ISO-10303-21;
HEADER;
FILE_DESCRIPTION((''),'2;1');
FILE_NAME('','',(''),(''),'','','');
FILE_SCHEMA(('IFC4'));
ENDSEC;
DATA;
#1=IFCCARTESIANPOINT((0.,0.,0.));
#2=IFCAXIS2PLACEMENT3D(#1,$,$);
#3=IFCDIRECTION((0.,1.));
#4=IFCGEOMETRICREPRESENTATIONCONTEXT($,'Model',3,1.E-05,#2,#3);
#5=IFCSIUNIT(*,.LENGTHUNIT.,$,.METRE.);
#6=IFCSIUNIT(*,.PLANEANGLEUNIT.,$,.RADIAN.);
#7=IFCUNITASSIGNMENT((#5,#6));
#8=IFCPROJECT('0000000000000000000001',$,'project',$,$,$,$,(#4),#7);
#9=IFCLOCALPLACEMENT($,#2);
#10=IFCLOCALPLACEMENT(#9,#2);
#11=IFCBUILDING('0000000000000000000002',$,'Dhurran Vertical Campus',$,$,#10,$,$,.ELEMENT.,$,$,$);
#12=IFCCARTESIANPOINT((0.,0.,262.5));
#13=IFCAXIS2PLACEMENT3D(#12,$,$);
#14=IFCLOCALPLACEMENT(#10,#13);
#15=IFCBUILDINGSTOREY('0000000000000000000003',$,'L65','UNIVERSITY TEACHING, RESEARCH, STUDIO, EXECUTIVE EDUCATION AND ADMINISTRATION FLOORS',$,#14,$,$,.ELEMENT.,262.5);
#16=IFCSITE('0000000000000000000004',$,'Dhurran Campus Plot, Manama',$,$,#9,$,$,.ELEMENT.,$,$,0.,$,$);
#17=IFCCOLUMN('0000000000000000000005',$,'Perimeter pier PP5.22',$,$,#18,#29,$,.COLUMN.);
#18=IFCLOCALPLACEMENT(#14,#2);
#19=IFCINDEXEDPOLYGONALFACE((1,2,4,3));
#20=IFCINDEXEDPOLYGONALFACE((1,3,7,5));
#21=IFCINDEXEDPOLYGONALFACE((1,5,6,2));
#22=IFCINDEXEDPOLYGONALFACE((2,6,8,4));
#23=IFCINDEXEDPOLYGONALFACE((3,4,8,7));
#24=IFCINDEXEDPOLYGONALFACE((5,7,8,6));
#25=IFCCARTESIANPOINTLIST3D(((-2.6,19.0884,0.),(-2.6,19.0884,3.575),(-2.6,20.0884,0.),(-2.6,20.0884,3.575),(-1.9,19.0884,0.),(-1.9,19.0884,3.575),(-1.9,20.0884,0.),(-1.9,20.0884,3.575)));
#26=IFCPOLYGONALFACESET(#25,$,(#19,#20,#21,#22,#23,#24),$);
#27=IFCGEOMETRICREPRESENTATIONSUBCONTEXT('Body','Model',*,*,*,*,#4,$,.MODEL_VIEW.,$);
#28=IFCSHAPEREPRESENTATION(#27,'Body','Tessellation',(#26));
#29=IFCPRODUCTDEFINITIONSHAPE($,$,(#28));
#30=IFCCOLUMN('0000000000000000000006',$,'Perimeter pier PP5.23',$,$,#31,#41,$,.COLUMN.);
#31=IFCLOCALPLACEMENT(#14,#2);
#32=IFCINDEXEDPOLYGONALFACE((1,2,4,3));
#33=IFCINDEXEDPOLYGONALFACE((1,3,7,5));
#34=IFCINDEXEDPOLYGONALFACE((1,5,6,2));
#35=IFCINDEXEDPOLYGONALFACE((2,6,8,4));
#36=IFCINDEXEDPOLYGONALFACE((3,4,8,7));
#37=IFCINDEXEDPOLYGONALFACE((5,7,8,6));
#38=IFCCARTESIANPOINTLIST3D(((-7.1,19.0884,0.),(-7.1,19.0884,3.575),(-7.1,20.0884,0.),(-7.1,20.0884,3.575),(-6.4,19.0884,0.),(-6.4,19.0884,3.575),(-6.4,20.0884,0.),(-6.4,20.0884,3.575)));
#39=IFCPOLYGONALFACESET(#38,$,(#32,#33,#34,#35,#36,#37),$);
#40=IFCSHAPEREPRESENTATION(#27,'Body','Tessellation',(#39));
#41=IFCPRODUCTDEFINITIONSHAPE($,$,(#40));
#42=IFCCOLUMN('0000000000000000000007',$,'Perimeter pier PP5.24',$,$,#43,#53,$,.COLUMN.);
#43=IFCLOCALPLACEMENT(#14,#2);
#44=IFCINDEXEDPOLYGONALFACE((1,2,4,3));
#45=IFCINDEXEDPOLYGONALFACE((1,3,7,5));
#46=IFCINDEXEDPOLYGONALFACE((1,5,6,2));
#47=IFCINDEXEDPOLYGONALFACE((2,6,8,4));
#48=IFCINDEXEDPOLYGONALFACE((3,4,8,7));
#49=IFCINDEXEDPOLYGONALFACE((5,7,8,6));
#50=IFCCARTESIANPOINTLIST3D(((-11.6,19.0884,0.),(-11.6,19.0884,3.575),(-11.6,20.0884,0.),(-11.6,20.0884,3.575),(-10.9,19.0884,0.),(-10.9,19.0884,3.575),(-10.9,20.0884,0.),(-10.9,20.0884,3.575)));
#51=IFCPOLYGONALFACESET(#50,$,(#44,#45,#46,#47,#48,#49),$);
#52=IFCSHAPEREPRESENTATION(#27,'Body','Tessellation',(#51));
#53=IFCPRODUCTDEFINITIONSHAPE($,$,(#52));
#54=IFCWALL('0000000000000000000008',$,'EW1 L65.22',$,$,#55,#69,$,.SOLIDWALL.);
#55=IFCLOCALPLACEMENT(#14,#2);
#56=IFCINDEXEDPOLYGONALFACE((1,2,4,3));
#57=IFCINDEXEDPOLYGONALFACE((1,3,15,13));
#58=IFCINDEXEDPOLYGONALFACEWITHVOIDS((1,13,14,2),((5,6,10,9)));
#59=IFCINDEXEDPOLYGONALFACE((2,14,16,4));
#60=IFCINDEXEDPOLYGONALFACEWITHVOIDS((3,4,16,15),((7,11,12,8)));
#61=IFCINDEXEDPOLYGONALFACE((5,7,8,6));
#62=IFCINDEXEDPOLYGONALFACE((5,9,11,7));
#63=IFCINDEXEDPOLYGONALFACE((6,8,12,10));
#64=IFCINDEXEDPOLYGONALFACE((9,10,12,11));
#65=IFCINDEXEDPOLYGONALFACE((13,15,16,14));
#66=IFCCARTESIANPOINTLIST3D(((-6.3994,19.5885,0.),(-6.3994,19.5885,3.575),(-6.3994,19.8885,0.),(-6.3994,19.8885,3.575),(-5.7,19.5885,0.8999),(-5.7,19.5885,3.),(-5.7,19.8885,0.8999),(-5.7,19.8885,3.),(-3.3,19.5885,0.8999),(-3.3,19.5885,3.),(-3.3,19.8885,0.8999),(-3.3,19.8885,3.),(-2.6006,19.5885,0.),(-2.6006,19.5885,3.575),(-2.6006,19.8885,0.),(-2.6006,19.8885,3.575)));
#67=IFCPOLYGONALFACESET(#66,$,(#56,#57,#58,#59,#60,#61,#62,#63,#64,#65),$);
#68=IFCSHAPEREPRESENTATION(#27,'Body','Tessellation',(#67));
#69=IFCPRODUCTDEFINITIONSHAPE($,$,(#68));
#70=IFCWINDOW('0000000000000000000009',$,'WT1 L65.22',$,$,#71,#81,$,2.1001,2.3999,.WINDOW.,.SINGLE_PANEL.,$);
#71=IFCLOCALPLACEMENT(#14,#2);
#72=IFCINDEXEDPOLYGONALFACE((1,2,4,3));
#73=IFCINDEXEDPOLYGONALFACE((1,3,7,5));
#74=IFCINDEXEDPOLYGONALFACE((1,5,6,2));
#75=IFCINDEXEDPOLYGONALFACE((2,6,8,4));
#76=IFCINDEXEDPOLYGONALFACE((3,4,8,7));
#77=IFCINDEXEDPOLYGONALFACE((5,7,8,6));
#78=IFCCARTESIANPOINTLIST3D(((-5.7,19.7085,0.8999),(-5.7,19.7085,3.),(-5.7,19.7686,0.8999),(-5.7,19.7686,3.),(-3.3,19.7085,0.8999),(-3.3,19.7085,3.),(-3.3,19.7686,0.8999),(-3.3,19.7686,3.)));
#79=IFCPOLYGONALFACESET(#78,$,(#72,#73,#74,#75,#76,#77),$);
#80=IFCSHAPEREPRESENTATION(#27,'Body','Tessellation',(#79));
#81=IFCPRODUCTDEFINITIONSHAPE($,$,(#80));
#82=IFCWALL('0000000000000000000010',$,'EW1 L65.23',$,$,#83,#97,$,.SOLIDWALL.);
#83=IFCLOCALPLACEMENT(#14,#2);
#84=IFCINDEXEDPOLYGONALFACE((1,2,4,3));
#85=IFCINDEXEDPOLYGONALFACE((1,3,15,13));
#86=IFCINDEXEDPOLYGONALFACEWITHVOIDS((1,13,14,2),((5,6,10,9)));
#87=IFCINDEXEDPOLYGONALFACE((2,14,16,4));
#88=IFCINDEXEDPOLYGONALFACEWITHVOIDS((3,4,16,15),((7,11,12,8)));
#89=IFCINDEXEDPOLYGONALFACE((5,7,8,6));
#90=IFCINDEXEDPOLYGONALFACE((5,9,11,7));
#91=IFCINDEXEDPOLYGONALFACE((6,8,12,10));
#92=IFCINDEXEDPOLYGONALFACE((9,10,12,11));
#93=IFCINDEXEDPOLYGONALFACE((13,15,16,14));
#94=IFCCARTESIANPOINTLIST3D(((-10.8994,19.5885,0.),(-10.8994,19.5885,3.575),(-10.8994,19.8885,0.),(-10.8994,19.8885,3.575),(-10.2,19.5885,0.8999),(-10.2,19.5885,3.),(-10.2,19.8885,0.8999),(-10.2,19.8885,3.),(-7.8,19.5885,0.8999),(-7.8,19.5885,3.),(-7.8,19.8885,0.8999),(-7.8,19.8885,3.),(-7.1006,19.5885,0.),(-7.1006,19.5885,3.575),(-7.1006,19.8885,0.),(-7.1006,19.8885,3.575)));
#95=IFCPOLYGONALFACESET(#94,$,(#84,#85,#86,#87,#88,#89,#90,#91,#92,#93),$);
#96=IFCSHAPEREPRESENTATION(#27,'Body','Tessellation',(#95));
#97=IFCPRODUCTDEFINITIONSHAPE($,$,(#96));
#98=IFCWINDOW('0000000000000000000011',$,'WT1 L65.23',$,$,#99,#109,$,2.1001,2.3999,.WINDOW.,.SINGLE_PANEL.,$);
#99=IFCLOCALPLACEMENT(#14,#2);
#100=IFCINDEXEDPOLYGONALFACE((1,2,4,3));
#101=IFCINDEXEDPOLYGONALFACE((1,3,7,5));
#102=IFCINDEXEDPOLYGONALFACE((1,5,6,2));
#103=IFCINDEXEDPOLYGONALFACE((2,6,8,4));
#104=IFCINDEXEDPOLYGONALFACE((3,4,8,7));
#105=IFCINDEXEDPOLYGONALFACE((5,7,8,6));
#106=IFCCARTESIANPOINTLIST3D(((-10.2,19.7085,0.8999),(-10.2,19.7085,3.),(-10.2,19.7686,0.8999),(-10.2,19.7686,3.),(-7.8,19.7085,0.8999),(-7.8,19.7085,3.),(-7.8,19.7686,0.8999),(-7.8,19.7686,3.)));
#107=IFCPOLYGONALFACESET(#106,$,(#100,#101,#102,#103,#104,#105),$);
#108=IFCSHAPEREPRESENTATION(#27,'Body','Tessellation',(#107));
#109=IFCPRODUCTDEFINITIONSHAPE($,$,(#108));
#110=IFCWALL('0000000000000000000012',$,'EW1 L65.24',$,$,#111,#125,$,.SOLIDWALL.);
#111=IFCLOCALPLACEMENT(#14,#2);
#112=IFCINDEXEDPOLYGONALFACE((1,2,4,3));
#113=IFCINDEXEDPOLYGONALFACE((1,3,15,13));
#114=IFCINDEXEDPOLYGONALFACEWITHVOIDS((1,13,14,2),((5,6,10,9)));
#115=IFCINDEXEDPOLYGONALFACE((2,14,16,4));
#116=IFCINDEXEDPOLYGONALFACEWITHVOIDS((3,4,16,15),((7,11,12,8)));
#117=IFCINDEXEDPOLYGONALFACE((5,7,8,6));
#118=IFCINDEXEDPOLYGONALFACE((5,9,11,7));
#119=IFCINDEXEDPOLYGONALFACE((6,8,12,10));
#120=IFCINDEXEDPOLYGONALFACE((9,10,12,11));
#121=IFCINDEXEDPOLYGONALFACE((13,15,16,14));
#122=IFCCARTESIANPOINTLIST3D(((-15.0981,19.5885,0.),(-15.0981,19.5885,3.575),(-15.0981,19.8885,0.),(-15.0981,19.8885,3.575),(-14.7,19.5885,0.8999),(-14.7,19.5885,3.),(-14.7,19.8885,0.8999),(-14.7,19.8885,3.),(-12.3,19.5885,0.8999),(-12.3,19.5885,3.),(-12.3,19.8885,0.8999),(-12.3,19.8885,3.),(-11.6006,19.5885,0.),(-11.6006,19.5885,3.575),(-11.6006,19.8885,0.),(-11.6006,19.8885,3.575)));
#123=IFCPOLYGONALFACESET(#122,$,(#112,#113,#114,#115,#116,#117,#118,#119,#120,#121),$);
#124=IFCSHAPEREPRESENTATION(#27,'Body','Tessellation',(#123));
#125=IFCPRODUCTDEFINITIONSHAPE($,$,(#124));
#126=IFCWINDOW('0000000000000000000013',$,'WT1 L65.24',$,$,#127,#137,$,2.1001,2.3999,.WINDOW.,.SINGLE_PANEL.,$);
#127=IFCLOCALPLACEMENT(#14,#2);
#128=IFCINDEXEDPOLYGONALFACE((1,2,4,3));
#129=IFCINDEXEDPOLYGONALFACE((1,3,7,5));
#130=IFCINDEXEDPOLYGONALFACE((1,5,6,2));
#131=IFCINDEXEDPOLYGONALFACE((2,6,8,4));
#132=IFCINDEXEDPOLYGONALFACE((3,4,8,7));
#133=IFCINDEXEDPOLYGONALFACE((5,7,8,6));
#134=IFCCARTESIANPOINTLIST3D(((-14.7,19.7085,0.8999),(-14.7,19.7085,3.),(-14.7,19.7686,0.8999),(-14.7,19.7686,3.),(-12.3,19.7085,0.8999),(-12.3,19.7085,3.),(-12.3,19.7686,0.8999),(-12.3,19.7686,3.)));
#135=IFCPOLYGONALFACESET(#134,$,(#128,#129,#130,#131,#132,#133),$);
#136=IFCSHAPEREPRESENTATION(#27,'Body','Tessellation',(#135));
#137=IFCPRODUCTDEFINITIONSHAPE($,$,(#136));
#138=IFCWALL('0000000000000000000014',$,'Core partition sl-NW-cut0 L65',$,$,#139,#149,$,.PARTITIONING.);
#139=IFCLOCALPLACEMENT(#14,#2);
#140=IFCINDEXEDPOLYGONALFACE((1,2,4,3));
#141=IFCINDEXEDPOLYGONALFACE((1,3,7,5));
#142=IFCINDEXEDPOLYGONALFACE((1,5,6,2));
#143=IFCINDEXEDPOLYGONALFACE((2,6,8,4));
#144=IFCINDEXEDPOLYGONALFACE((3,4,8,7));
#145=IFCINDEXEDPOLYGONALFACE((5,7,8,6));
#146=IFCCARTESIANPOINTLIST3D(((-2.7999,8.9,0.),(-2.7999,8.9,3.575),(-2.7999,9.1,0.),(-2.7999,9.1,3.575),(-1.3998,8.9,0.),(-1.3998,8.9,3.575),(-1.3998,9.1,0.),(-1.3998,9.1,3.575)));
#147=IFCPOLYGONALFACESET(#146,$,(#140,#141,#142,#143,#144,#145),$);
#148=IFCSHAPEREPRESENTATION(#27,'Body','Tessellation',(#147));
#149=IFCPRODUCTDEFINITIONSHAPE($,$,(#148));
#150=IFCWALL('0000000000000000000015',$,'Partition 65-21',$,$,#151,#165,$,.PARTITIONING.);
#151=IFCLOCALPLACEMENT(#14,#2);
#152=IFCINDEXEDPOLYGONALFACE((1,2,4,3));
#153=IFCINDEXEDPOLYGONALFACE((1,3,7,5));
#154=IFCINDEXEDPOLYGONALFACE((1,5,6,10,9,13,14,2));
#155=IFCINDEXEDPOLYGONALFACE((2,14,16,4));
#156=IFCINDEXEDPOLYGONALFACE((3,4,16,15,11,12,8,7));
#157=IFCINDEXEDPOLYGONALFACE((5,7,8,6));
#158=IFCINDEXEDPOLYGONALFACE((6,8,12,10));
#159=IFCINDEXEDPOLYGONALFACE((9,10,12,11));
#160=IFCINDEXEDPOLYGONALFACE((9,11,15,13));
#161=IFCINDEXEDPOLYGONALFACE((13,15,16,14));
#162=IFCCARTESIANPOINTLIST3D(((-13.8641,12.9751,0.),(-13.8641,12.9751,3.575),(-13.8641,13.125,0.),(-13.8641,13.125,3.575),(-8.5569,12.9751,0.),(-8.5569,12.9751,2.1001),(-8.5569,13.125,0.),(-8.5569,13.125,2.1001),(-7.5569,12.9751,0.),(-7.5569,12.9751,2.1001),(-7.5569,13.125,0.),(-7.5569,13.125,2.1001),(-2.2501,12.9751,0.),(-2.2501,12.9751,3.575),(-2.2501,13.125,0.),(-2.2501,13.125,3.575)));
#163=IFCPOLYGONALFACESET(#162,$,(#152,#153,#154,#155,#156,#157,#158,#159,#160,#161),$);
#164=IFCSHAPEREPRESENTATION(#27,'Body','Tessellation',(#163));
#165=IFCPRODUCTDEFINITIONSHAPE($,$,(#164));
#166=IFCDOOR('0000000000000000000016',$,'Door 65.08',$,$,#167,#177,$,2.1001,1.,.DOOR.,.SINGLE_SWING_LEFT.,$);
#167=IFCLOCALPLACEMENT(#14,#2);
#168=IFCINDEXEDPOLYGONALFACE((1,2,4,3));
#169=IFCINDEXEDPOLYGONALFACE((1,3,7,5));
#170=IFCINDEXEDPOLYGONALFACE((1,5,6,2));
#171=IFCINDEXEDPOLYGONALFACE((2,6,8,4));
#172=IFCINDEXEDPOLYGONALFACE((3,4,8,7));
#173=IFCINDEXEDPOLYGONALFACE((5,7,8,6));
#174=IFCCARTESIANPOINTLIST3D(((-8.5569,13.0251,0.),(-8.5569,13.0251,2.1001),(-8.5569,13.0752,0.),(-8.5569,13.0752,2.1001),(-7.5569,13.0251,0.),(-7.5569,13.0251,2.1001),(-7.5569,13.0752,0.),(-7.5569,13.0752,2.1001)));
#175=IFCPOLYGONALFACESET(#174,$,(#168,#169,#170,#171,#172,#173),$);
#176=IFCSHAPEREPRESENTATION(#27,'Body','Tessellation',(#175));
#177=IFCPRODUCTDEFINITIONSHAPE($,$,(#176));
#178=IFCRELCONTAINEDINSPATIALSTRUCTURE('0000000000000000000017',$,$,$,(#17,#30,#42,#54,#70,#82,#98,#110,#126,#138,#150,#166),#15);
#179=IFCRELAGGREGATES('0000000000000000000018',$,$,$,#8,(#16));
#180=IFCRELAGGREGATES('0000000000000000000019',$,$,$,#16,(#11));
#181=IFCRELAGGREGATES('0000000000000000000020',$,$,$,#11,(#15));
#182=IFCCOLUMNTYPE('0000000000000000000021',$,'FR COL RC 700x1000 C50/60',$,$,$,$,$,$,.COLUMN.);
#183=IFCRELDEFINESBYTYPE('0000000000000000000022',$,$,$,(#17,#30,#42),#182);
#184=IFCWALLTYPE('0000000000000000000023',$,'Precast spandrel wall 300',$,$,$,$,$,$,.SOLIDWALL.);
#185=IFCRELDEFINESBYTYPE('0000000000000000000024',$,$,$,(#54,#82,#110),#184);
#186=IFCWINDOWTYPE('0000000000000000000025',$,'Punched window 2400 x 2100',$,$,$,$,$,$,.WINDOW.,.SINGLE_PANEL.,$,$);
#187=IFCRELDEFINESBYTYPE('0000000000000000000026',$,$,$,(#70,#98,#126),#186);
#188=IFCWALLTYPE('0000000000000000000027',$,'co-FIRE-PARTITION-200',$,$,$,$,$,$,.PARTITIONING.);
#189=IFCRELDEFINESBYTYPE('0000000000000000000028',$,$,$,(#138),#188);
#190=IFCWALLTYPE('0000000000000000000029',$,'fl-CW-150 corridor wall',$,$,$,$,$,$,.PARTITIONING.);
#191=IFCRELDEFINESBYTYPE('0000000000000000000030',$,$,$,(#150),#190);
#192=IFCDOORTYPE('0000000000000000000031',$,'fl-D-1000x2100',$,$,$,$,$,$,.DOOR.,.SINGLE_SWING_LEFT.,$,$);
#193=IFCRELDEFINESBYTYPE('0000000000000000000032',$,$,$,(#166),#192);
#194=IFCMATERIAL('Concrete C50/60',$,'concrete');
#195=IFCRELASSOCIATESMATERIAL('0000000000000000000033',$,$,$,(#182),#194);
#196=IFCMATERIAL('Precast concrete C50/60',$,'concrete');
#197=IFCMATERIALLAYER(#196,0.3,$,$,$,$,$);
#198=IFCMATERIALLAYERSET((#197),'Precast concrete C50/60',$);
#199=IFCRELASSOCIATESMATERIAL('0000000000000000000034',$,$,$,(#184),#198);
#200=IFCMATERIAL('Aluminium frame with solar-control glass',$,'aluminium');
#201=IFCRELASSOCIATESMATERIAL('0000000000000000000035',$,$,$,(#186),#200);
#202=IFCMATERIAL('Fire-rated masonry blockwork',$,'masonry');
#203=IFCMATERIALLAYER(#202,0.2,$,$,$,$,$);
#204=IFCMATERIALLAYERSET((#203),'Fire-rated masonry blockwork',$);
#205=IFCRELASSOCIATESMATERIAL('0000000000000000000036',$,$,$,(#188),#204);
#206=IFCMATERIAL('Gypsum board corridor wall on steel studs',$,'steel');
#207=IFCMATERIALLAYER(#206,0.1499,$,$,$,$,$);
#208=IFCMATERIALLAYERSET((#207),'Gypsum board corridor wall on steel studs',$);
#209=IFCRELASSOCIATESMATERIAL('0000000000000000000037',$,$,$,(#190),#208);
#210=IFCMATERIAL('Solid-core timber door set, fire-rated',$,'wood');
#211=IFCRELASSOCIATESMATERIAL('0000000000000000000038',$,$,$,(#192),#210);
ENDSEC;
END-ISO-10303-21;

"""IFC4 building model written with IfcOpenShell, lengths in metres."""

from ifc_helpers import new_model, si_unit, direction, frame, frame_2d, origin, origin_2d, place, context, subcontext, project, spatial, rectangle, extrude, material, layer, layer_set, material_profile, profile_set, type_object, element, fill, save


model = new_model("IFC4")

# Units and contexts
model_context = context("Model", 3, precision=1e-05, world=origin(), true_north=direction((0.0, 1.0)))
body_context = subcontext(model_context, "Body", "Model", "MODEL_VIEW")
ifc_project = project(units=[si_unit("LENGTHUNIT", "METRE"), si_unit("PLANEANGLEUNIT", "RADIAN")], contexts=[model_context])

# Site, building, storey
site_placement = place(None, origin())
site = spatial("IfcSite", under=ifc_project, at=site_placement, Name="Dhurran Campus Plot, Manama", CompositionType="ELEMENT", RefElevation=0.0)
building_placement = place(site_placement, origin())
building = spatial("IfcBuilding", under=site, at=building_placement, Name="Dhurran Vertical Campus", CompositionType="ELEMENT")
storey_placement = place(building_placement, frame((0.0, 0.0, 262.5)))
storey = spatial("IfcBuildingStorey", under=building, at=storey_placement, Name="L65", Description="UNIVERSITY TEACHING, RESEARCH, STUDIO, EXECUTIVE EDUCATION AND ADMINISTRATION FLOORS", CompositionType="ELEMENT", Elevation=262.5)

# Columns
ifc_material_1 = material(Name="Concrete C50/60", Category="concrete")
ifc_material_profile = material_profile(ifc_material_1, rectangle(XDim=0.7, YDim=1.0, at=origin_2d()), Name="RC 700x1000")
ifc_profile_set = profile_set([ifc_material_profile], Name="Concrete C50/60")
column_type = type_object("IfcColumnType", Name="FR COL RC 700x1000 C50/60", PredefinedType="COLUMN", material=ifc_profile_set)
for number, where, z_axis, x_axis, name in (
    (1, (-2.25, 19.5884, 0.0), (0.0, 0.0, 1.0), (-1.0, 0.0, 0.0), "Perimeter pier PP5.22"),
    (2, (-6.75, 19.5884, 0.0), (0.0, 0.0, 1.0), (-1.0, 0.0, 0.0), "Perimeter pier PP5.23"),
    (3, (-11.25, 19.5884, 0.0), (0.0, 0.0, 1.0), (-1.0, 0.0, 0.0), "Perimeter pier PP5.24"),
):
    element("IfcColumn", number, at=place(storey_placement, frame(where, z_axis=z_axis, x_axis=x_axis)), inside=storey, type_object=column_type, Name=name, PredefinedType="COLUMN", context=body_context, shape_type="SweptSolid", body=[
        extrude(rectangle(XDim=0.7, YDim=1.0, at=origin_2d()), origin(), (0.0, 0.0, 1.0), 3.575),
    ])

# Walls, openings, windows
ifc_material_2 = material(Name="Precast concrete C50/60", Category="concrete")
ifc_layer_1 = layer(ifc_material_2, 0.3)
ifc_layer_set_1 = layer_set([ifc_layer_1], Name="Precast concrete C50/60")
wall_type_1 = type_object("IfcWallType", Name="Precast spandrel wall 300", PredefinedType="SOLIDWALL", material=ifc_layer_set_1)
wall_1_placement = place(storey_placement, frame((-2.6006, 19.7385, 0.0), z_axis=(0.0, 0.0, 1.0), x_axis=(-1.0, 0.0, 0.0)))
wall_1 = element("IfcWall", 4, at=wall_1_placement, inside=storey, type_object=wall_type_1, Name="EW1 L65.22", PredefinedType="SOLIDWALL", context=body_context, shape_type="SweptSolid", body=[
    extrude(rectangle(XDim=3.7988, YDim=0.3, at=frame_2d((1.8994, 0.0))), origin(), (0.0, 0.0, 1.0), 3.575),
])
opening_1_placement = place(wall_1_placement, frame((0.6995, 0.0, 0.8999)))
opening_1 = element("IfcOpeningElement", 5, at=opening_1_placement, cuts=wall_1, PredefinedType="OPENING", context=body_context, shape_type="SweptSolid", body=[
    extrude(rectangle(XDim=2.3999, YDim=2.1001, at=frame_2d((1.2, 1.05))), frame((0.0, 0.1599, 0.0), z_axis=(0.0, -1.0, 0.0), x_axis=(1.0, 0.0, 0.0)), (0.0, 0.0, 1.0), 0.3201),
])
ifc_material_3 = material(Name="Aluminium frame with solar-control glass", Category="aluminium")
window_type = type_object("IfcWindowType", Name="Punched window 2400 x 2100", PartitioningType="SINGLE_PANEL", PredefinedType="WINDOW", material=ifc_material_3)
window_1_placement = place(opening_1_placement, origin())
window_1 = element("IfcWindow", 6, at=window_1_placement, inside=storey, type_object=window_type, Name="WT1 L65.22", OverallHeight=2.1001, OverallWidth=2.3999, PartitioningType="SINGLE_PANEL", PredefinedType="WINDOW", context=body_context, shape_type="SweptSolid", body=[
    extrude(rectangle(XDim=2.3999, YDim=2.1001, at=frame_2d((1.2, 1.05))), frame((0.0, 0.03, 0.0), z_axis=(0.0, -1.0, 0.0), x_axis=(1.0, 0.0, 0.0)), (0.0, 0.0, 1.0), 0.0601),
])
fill(opening_1, window_1)
wall_2_placement = place(storey_placement, frame((-7.1006, 19.7385, 0.0), z_axis=(0.0, 0.0, 1.0), x_axis=(-1.0, 0.0, 0.0)))
wall_2 = element("IfcWall", 7, at=wall_2_placement, inside=storey, type_object=wall_type_1, Name="EW1 L65.23", PredefinedType="SOLIDWALL", context=body_context, shape_type="SweptSolid", body=[
    extrude(rectangle(XDim=3.7988, YDim=0.3, at=frame_2d((1.8994, 0.0))), origin(), (0.0, 0.0, 1.0), 3.575),
])
opening_2_placement = place(wall_2_placement, frame((0.6995, 0.0, 0.8999)))
opening_2 = element("IfcOpeningElement", 8, at=opening_2_placement, cuts=wall_2, PredefinedType="OPENING", context=body_context, shape_type="SweptSolid", body=[
    extrude(rectangle(XDim=2.3999, YDim=2.1001, at=frame_2d((1.2, 1.05))), frame((0.0, 0.1599, 0.0), z_axis=(0.0, -1.0, 0.0), x_axis=(1.0, 0.0, 0.0)), (0.0, 0.0, 1.0), 0.3201),
])
window_2_placement = place(opening_2_placement, origin())
window_2 = element("IfcWindow", 9, at=window_2_placement, inside=storey, type_object=window_type, Name="WT1 L65.23", OverallHeight=2.1001, OverallWidth=2.3999, PartitioningType="SINGLE_PANEL", PredefinedType="WINDOW", context=body_context, shape_type="SweptSolid", body=[
    extrude(rectangle(XDim=2.3999, YDim=2.1001, at=frame_2d((1.2, 1.05))), frame((0.0, 0.03, 0.0), z_axis=(0.0, -1.0, 0.0), x_axis=(1.0, 0.0, 0.0)), (0.0, 0.0, 1.0), 0.0601),
])
fill(opening_2, window_2)
wall_3_placement = place(storey_placement, frame((-11.6006, 19.7385, 0.0), z_axis=(0.0, 0.0, 1.0), x_axis=(-1.0, 0.0, 0.0)))
wall_3 = element("IfcWall", 10, at=wall_3_placement, inside=storey, type_object=wall_type_1, Name="EW1 L65.24", PredefinedType="SOLIDWALL", context=body_context, shape_type="SweptSolid", body=[
    extrude(rectangle(XDim=3.4976, YDim=0.3, at=frame_2d((1.7488, 0.0))), origin(), (0.0, 0.0, 1.0), 3.575),
])
opening_3_placement = place(wall_3_placement, frame((0.6995, 0.0, 0.8999)))
opening_3 = element("IfcOpeningElement", 11, at=opening_3_placement, cuts=wall_3, PredefinedType="OPENING", context=body_context, shape_type="SweptSolid", body=[
    extrude(rectangle(XDim=2.3999, YDim=2.1001, at=frame_2d((1.2, 1.05))), frame((0.0, 0.1599, 0.0), z_axis=(0.0, -1.0, 0.0), x_axis=(1.0, 0.0, 0.0)), (0.0, 0.0, 1.0), 0.3201),
])
window_3_placement = place(opening_3_placement, origin())
window_3 = element("IfcWindow", 12, at=window_3_placement, inside=storey, type_object=window_type, Name="WT1 L65.24", OverallHeight=2.1001, OverallWidth=2.3999, PartitioningType="SINGLE_PANEL", PredefinedType="WINDOW", context=body_context, shape_type="SweptSolid", body=[
    extrude(rectangle(XDim=2.3999, YDim=2.1001, at=frame_2d((1.2, 1.05))), frame((0.0, 0.03, 0.0), z_axis=(0.0, -1.0, 0.0), x_axis=(1.0, 0.0, 0.0)), (0.0, 0.0, 1.0), 0.0601),
])
fill(opening_3, window_3)

# Wall
ifc_material_4 = material(Name="Fire-rated masonry blockwork", Category="masonry")
ifc_layer_2 = layer(ifc_material_4, 0.2)
ifc_layer_set_2 = layer_set([ifc_layer_2], Name="Fire-rated masonry blockwork")
wall_type_2 = type_object("IfcWallType", Name="co-FIRE-PARTITION-200", PredefinedType="PARTITIONING", material=ifc_layer_set_2)
wall_4_placement = place(storey_placement, frame((-2.8, 9.0, 0.0), z_axis=(0.0, 0.0, 1.0), x_axis=(1.0, 0.0, 0.0)))
element("IfcWall", 13, at=wall_4_placement, inside=storey, type_object=wall_type_2, Name="Core partition sl-NW-cut0 L65", PredefinedType="PARTITIONING", context=body_context, shape_type="SweptSolid", body=[
    extrude(rectangle(XDim=1.4001, YDim=0.2, at=frame_2d((0.7002, 0.0))), origin(), (0.0, 0.0, 1.0), 3.575),
])

# Wall, opening, door
ifc_material_5 = material(Name="Gypsum board corridor wall on steel studs", Category="steel")
ifc_layer_3 = layer(ifc_material_5, 0.1499)
ifc_layer_set_3 = layer_set([ifc_layer_3], Name="Gypsum board corridor wall on steel studs")
wall_type_3 = type_object("IfcWallType", Name="fl-CW-150 corridor wall", PredefinedType="PARTITIONING", material=ifc_layer_set_3)
wall_5_placement = place(storey_placement, frame((-2.25, 13.05, 0.0), z_axis=(0.0, 0.0, 1.0), x_axis=(-1.0, 0.0, 0.0)))
wall_5 = element("IfcWall", 14, at=wall_5_placement, inside=storey, type_object=wall_type_3, Name="Partition 65-21", PredefinedType="PARTITIONING", context=body_context, shape_type="SweptSolid", body=[
    extrude(rectangle(XDim=11.614, YDim=0.1499, at=frame_2d((5.8071, 0.0))), origin(), (0.0, 0.0, 1.0), 3.575),
])
opening_4_placement = place(wall_5_placement, frame((5.3069, 0.0, 0.0)))
opening_4 = element("IfcOpeningElement", 15, at=opening_4_placement, cuts=wall_5, PredefinedType="OPENING", context=body_context, shape_type="SweptSolid", body=[
    extrude(rectangle(XDim=1.0, YDim=2.1001, at=frame_2d((0.5, 1.05))), frame((0.0, 0.085, 0.0), z_axis=(0.0, -1.0, 0.0), x_axis=(1.0, 0.0, 0.0)), (0.0, 0.0, 1.0), 0.1699),
])
ifc_material_6 = material(Name="Solid-core timber door set, fire-rated", Category="wood")
door_type = type_object("IfcDoorType", Name="fl-D-1000x2100", OperationType="SINGLE_SWING_LEFT", PredefinedType="DOOR", material=ifc_material_6)
door_placement = place(opening_4_placement, origin())
door = element("IfcDoor", 16, at=door_placement, inside=storey, type_object=door_type, Name="Door 65.08", OperationType="SINGLE_SWING_LEFT", OverallHeight=2.1001, OverallWidth=1.0, PredefinedType="DOOR", context=body_context, shape_type="SweptSolid", body=[
    extrude(rectangle(XDim=1.0, YDim=2.1001, at=frame_2d((0.5, 1.05))), frame((0.0, 0.0249, 0.0), z_axis=(0.0, -1.0, 0.0), x_axis=(1.0, 0.0, 0.0)), (0.0, 0.0, 1.0), 0.05),
])
fill(opening_4, door)

save(model, "model.ifc")
